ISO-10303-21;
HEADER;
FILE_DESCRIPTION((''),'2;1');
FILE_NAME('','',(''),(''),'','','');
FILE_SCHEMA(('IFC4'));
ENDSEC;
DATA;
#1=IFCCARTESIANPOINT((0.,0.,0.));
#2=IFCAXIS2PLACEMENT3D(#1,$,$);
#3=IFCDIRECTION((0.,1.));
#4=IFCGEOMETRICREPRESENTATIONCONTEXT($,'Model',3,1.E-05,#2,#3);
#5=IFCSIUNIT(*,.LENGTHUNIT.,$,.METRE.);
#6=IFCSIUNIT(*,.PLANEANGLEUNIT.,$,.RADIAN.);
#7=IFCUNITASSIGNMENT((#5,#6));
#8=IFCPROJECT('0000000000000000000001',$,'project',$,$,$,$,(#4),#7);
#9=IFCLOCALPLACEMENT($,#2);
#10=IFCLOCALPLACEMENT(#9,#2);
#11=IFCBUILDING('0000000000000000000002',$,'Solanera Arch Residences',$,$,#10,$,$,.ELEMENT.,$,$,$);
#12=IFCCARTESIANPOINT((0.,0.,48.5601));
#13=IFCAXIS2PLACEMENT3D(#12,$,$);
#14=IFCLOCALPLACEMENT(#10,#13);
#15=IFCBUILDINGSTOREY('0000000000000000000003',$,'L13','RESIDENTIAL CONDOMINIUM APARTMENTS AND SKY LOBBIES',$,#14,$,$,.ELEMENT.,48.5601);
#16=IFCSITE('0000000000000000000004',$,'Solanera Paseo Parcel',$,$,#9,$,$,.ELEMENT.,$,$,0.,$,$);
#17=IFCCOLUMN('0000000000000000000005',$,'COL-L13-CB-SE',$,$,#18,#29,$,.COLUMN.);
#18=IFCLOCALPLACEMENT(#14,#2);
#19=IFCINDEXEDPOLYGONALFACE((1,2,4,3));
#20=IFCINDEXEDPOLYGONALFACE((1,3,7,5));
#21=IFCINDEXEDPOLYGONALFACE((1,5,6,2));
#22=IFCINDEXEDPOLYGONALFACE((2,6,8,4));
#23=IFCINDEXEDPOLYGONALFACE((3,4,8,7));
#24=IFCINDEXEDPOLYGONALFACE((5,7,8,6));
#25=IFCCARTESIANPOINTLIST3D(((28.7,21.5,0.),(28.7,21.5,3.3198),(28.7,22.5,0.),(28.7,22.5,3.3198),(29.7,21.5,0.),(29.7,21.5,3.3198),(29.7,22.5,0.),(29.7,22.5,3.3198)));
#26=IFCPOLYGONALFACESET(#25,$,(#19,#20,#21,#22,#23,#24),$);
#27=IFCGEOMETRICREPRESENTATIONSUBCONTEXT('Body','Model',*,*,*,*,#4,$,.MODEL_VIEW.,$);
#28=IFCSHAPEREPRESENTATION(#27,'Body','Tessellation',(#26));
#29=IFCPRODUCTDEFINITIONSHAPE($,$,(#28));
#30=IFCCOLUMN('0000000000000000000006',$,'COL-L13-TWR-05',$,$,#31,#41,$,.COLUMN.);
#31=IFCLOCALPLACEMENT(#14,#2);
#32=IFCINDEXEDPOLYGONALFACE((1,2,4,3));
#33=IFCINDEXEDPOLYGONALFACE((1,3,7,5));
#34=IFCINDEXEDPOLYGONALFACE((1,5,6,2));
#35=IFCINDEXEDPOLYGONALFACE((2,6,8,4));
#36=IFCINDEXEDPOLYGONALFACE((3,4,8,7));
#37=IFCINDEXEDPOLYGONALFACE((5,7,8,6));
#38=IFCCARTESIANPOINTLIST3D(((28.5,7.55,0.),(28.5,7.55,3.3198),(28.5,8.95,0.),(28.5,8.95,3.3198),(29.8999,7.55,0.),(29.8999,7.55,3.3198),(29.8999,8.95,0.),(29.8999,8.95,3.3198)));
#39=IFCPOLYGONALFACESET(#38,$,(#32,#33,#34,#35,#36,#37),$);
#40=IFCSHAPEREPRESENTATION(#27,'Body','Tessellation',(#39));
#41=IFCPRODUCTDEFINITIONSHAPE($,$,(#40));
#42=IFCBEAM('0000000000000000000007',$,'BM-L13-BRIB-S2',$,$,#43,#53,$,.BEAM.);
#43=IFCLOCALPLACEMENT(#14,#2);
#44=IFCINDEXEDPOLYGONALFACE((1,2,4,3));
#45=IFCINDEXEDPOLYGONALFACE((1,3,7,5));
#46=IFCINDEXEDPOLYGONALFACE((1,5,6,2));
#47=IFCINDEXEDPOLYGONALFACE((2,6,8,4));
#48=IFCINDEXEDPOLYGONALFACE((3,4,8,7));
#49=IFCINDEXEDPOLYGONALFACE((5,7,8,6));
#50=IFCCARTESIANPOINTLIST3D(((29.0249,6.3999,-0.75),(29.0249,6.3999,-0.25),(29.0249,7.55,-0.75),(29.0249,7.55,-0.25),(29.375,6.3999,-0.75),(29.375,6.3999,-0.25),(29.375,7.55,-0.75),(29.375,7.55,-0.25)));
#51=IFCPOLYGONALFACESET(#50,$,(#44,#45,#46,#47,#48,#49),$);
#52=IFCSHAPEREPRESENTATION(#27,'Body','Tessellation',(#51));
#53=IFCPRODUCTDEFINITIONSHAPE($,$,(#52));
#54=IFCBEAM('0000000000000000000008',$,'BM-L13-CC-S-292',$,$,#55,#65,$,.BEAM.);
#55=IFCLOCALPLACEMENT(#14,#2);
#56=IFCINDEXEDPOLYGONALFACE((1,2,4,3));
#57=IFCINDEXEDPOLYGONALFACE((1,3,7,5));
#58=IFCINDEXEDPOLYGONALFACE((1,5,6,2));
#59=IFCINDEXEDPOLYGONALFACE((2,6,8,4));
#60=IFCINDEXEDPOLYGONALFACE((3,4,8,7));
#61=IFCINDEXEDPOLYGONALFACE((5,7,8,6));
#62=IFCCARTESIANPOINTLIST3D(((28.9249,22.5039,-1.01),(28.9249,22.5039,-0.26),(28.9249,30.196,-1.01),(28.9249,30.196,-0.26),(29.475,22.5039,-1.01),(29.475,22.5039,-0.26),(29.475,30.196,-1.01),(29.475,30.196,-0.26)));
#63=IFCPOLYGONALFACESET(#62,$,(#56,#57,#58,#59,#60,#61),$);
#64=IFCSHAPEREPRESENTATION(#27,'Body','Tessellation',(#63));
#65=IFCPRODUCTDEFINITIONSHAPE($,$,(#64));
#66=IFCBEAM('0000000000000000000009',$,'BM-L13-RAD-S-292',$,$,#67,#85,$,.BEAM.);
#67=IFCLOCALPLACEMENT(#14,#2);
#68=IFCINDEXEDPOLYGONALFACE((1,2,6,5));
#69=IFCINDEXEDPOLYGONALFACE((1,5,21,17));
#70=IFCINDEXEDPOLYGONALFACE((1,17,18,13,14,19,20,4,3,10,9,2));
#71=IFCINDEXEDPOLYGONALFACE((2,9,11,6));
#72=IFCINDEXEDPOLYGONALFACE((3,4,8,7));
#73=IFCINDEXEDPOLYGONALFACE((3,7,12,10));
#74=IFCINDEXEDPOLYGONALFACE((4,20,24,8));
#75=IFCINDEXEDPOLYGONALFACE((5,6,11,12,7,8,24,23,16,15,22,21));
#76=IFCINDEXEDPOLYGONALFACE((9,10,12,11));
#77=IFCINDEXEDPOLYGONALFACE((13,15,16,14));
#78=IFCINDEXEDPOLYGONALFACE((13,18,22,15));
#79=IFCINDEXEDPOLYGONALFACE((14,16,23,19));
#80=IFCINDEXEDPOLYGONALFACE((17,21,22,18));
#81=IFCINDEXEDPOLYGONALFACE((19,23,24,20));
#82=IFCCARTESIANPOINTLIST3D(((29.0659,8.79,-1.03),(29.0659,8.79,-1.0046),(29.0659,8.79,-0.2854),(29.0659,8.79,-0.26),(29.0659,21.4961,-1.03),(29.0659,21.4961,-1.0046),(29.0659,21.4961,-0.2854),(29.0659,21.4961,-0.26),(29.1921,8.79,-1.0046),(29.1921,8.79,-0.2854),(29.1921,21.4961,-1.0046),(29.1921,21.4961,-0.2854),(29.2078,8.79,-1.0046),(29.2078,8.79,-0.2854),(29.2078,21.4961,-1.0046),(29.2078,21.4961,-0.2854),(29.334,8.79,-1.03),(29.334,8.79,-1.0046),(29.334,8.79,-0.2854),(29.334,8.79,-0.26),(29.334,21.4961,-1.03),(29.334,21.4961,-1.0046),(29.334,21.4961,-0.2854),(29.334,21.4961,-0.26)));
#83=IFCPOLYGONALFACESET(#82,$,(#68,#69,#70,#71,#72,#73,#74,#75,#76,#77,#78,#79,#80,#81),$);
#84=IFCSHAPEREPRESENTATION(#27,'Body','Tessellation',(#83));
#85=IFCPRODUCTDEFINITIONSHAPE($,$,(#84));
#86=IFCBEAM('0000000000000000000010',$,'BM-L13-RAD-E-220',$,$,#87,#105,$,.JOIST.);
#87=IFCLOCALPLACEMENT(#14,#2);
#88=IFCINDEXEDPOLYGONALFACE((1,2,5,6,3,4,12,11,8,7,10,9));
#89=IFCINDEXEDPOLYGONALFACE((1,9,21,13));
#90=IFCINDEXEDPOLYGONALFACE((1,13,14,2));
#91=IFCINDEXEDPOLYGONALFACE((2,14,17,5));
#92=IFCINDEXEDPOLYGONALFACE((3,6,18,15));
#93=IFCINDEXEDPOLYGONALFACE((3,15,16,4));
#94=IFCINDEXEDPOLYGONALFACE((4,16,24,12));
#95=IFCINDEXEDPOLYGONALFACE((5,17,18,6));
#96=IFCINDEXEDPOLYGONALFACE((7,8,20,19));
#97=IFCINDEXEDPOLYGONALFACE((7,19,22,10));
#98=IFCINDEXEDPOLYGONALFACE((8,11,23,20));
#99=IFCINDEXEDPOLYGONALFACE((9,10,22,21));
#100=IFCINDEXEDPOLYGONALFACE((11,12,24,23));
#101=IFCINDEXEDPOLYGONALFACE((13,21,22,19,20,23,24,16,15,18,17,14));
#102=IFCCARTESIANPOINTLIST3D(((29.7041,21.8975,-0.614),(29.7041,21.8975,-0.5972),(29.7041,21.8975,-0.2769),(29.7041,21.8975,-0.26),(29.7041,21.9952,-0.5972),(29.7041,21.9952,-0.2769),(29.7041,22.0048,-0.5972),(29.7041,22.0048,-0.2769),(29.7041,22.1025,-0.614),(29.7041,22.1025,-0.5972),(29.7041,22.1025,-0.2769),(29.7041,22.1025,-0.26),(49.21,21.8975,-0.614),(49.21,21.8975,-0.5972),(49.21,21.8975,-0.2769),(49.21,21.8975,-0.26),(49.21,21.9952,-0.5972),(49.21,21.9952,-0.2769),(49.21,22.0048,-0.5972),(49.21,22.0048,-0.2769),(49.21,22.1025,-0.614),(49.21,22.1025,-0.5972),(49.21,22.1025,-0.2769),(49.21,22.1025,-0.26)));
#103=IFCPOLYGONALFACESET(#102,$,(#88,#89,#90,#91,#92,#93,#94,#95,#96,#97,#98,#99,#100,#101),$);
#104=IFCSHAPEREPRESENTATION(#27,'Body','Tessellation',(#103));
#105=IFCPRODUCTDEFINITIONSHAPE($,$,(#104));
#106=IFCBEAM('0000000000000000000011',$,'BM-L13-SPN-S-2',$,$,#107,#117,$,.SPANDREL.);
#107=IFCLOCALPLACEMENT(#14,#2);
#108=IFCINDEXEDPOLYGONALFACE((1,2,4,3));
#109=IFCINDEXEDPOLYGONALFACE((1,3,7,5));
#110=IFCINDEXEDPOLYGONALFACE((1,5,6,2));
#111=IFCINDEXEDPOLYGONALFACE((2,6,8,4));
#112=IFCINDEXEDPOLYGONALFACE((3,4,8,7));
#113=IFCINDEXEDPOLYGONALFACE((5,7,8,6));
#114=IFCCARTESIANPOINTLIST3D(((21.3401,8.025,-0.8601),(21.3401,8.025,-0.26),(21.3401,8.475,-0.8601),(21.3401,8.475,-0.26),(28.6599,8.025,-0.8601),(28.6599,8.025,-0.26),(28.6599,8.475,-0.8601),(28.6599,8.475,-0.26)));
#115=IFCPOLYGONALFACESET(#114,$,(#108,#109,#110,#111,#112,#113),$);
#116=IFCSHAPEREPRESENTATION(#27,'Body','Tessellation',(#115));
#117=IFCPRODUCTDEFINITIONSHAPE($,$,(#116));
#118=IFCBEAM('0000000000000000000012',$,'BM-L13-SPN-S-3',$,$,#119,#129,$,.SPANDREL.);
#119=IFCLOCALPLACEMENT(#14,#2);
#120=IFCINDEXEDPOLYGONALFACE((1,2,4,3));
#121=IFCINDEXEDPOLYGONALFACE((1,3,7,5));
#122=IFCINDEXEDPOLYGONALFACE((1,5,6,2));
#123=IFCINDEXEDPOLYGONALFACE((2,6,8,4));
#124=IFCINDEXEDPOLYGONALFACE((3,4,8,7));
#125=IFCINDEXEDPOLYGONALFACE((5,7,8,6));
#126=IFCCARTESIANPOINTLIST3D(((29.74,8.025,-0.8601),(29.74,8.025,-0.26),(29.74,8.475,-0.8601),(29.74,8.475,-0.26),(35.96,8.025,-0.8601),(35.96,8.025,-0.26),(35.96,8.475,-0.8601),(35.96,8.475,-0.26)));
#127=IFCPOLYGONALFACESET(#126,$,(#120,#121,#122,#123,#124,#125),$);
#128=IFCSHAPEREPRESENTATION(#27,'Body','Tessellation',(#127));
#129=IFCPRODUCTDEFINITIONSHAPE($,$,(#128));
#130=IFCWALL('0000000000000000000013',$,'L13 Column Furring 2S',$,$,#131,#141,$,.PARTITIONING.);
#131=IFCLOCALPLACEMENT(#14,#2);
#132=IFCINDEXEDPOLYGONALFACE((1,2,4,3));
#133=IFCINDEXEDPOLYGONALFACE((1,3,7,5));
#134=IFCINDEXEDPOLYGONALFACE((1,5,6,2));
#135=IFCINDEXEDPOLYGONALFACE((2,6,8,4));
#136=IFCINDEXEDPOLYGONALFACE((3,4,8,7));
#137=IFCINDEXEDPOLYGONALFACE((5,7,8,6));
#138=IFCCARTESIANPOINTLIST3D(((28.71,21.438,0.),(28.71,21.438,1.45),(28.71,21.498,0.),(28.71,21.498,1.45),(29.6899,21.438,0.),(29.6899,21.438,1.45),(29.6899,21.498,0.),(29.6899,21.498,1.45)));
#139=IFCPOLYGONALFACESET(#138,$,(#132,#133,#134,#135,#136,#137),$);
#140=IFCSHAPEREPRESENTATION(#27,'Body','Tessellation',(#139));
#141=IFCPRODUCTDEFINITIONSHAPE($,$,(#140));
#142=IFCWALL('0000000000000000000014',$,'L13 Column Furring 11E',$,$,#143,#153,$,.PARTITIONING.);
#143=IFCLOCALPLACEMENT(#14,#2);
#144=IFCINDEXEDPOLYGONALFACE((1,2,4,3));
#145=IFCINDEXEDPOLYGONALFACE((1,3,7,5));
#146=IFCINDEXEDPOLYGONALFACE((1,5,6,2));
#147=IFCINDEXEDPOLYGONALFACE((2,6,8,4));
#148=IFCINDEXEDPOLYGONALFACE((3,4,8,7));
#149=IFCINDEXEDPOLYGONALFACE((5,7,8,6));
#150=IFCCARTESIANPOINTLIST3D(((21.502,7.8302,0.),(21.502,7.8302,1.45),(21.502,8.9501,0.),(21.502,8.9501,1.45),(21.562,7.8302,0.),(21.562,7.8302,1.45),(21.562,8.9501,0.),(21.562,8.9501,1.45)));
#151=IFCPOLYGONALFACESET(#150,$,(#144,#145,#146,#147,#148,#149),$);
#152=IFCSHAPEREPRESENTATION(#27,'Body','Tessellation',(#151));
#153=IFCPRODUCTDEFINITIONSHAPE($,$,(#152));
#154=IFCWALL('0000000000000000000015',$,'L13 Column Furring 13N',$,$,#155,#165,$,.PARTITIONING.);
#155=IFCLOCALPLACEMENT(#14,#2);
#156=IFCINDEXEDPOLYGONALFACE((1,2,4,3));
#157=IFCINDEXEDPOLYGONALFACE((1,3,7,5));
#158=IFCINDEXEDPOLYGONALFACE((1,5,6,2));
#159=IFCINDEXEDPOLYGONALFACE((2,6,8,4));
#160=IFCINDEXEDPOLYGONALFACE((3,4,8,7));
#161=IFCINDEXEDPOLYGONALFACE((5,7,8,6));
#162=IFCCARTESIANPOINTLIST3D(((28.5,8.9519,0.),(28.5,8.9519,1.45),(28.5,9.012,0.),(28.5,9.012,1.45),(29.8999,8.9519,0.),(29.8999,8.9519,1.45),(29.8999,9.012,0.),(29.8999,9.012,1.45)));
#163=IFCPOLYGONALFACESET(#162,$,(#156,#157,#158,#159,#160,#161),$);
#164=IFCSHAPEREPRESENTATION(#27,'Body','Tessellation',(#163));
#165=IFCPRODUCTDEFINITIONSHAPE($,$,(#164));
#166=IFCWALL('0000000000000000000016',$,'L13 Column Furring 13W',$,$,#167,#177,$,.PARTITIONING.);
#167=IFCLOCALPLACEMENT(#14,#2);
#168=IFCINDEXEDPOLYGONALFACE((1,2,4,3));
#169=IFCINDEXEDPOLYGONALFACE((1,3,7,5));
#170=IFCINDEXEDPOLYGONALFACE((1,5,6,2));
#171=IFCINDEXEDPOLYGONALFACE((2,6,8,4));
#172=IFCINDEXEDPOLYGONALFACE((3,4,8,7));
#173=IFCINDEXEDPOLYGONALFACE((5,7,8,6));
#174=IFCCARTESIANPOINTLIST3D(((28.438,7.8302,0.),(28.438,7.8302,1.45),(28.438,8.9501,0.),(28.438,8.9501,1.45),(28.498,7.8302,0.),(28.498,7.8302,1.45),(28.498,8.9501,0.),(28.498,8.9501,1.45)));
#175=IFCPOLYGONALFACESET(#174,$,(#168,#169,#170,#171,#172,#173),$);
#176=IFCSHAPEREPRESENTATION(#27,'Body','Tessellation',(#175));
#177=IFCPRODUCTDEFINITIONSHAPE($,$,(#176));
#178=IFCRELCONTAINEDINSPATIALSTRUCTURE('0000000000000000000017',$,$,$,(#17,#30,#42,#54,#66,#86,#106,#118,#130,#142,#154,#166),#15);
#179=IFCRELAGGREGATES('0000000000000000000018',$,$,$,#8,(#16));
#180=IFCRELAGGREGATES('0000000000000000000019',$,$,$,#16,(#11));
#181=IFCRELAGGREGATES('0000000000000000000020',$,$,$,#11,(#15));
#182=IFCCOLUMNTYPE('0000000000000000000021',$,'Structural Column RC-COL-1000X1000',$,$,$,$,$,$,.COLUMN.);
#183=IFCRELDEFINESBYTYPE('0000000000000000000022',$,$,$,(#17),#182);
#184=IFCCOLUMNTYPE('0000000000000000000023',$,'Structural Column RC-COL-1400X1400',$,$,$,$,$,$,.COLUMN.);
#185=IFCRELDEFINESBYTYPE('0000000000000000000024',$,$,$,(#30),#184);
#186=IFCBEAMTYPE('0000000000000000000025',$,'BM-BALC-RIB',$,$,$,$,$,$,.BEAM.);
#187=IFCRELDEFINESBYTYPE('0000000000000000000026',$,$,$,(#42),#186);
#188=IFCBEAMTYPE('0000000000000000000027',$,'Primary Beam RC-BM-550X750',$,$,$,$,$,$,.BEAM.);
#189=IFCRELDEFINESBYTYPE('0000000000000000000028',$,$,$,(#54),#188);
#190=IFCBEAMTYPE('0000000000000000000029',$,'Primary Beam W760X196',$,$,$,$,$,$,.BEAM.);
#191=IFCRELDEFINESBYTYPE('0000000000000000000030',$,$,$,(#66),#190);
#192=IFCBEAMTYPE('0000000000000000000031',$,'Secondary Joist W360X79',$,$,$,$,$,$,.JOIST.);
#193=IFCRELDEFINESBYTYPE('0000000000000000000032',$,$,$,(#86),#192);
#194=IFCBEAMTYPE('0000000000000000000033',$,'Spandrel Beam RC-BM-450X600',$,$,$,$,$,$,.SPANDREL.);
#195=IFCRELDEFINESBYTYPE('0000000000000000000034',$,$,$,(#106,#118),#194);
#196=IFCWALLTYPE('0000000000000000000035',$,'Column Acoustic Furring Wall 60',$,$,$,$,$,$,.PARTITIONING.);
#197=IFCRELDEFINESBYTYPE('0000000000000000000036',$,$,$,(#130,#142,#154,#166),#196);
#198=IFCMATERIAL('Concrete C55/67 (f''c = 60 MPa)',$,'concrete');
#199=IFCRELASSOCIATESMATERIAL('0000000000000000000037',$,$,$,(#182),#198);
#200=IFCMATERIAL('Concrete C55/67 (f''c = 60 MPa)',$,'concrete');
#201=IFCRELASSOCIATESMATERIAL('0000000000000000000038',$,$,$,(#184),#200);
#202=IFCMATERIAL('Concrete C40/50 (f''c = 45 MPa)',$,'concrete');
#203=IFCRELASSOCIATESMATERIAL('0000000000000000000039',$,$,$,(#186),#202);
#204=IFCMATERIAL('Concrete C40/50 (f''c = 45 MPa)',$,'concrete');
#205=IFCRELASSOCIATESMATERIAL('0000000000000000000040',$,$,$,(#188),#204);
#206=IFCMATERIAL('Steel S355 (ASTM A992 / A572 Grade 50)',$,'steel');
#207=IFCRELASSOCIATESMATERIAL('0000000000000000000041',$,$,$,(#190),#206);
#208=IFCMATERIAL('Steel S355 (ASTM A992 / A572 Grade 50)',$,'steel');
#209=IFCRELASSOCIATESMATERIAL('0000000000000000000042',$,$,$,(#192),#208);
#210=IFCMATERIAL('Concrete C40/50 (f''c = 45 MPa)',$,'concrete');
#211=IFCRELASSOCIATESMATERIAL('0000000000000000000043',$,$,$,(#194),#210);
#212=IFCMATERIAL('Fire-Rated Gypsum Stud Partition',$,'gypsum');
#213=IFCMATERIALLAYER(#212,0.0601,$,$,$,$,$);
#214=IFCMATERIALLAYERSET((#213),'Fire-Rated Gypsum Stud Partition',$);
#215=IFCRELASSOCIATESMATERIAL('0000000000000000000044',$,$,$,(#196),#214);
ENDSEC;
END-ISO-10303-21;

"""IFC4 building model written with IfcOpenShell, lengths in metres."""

from ifc_helpers import new_model, si_unit, direction, frame, frame_2d, origin, origin_2d, place, context, subcontext, project, spatial, rectangle, i_section, extrude, material, layer, layer_set, material_profile, profile_set, type_object, element, save


model = new_model("IFC4")

# Units and contexts
model_context = context("Model", 3, precision=1e-05, world=origin(), true_north=direction((0.0, 1.0)))
body_context = subcontext(model_context, "Body", "Model", "MODEL_VIEW")
ifc_project = project(units=[si_unit("LENGTHUNIT", "METRE"), si_unit("PLANEANGLEUNIT", "RADIAN")], contexts=[model_context])

# Site, building, storey
site_placement = place(None, origin())
site = spatial("IfcSite", under=ifc_project, at=site_placement, Name="Solanera Paseo Parcel", CompositionType="ELEMENT", RefElevation=0.0)
building_placement = place(site_placement, origin())
building = spatial("IfcBuilding", under=site, at=building_placement, Name="Solanera Arch Residences", CompositionType="ELEMENT")
storey_placement = place(building_placement, frame((0.0, 0.0, 48.5601)))
storey = spatial("IfcBuildingStorey", under=building, at=storey_placement, Name="L13", Description="RESIDENTIAL CONDOMINIUM APARTMENTS AND SKY LOBBIES", CompositionType="ELEMENT", Elevation=48.5601)

# Columns
ifc_material_1 = material(Name="Concrete C55/67 (f'c = 60 MPa)", Category="concrete")
ifc_material_profile_1 = material_profile(ifc_material_1, rectangle(XDim=1.0, YDim=1.0, at=origin_2d()))
ifc_profile_set_1 = profile_set([ifc_material_profile_1], Name="Concrete C55/67 (f'c = 60 MPa)")
column_type_1 = type_object("IfcColumnType", Name="Structural Column RC-COL-1000X1000", PredefinedType="COLUMN", material=ifc_profile_set_1)
column_1_placement = place(storey_placement, frame((29.2, 22.0, 0.0), z_axis=(0.0, 0.0, 1.0), x_axis=(1.0, 0.0, 0.0)))
element("IfcColumn", 1, at=column_1_placement, inside=storey, type_object=column_type_1, Name="COL-L13-CB-SE", PredefinedType="COLUMN", context=body_context, shape_type="SweptSolid", body=[
    extrude(rectangle(XDim=1.0, YDim=1.0, at=origin_2d()), origin(), (0.0, 0.0, 1.0), 3.3198),
])
ifc_material_2 = material(Name="Concrete C55/67 (f'c = 60 MPa)", Category="concrete")
ifc_material_profile_2 = material_profile(ifc_material_2, rectangle(XDim=1.3999, YDim=1.3999, at=origin_2d()))
ifc_profile_set_2 = profile_set([ifc_material_profile_2], Name="Concrete C55/67 (f'c = 60 MPa)")
column_type_2 = type_object("IfcColumnType", Name="Structural Column RC-COL-1400X1400", PredefinedType="COLUMN", material=ifc_profile_set_2)
column_2_placement = place(storey_placement, frame((29.2, 8.25, 0.0), z_axis=(0.0, 0.0, 1.0), x_axis=(1.0, 0.0, 0.0)))
element("IfcColumn", 2, at=column_2_placement, inside=storey, type_object=column_type_2, Name="COL-L13-TWR-05", PredefinedType="COLUMN", context=body_context, shape_type="SweptSolid", body=[
    extrude(rectangle(XDim=1.3999, YDim=1.3999, at=origin_2d()), origin(), (0.0, 0.0, 1.0), 3.3198),
])

# Beams
ifc_material_3 = material(Name="Concrete C40/50 (f'c = 45 MPa)", Category="concrete")
ifc_material_profile_3 = material_profile(ifc_material_3, rectangle(XDim=0.3501, YDim=0.5, at=origin_2d()))
ifc_profile_set_3 = profile_set([ifc_material_profile_3], Name="Concrete C40/50 (f'c = 45 MPa)")
beam_type_1 = type_object("IfcBeamType", Name="BM-BALC-RIB", PredefinedType="BEAM", material=ifc_profile_set_3)
beam_1_placement = place(storey_placement, frame((29.2, 6.3999, -0.5), z_axis=(0.0, 1.0, 0.0), x_axis=(-1.0, 0.0, 0.0)))
element("IfcBeam", 3, at=beam_1_placement, inside=storey, type_object=beam_type_1, Name="BM-L13-BRIB-S2", PredefinedType="BEAM", context=body_context, shape_type="SweptSolid", body=[
    extrude(rectangle(XDim=0.3501, YDim=0.5, at=origin_2d()), origin(), (0.0, 0.0, 1.0), 1.1501),
])
ifc_material_4 = material(Name="Concrete C40/50 (f'c = 45 MPa)", Category="concrete")
ifc_material_profile_4 = material_profile(ifc_material_4, rectangle(XDim=0.55, YDim=0.75, at=origin_2d()))
ifc_profile_set_4 = profile_set([ifc_material_profile_4], Name="Concrete C40/50 (f'c = 45 MPa)")
beam_type_2 = type_object("IfcBeamType", Name="Primary Beam RC-BM-550X750", PredefinedType="BEAM", material=ifc_profile_set_4)
beam_2_placement = place(storey_placement, frame((29.2, 22.5039, -0.635), z_axis=(0.0, 1.0, 0.0), x_axis=(-1.0, 0.0, 0.0)))
element("IfcBeam", 4, at=beam_2_placement, inside=storey, type_object=beam_type_2, Name="BM-L13-CC-S-292", PredefinedType="BEAM", context=body_context, shape_type="SweptSolid", body=[
    extrude(rectangle(XDim=0.55, YDim=0.75, at=origin_2d()), origin(), (0.0, 0.0, 1.0), 7.6921),
])
ifc_material_5 = material(Name="Steel S355 (ASTM A992 / A572 Grade 50)", Category="steel")
ifc_material_profile_5 = material_profile(ifc_material_5, i_section(OverallWidth=0.2681, OverallDepth=0.77, WebThickness=0.0156, FlangeThickness=0.0254, at=origin_2d()))
ifc_profile_set_5 = profile_set([ifc_material_profile_5], Name="Steel S355 (ASTM A992 / A572 Grade 50)")
beam_type_3 = type_object("IfcBeamType", Name="Primary Beam W760X196", PredefinedType="BEAM", material=ifc_profile_set_5)
beam_3_placement = place(storey_placement, frame((29.2, 8.79, -0.645), z_axis=(0.0, 1.0, 0.0), x_axis=(-1.0, 0.0, 0.0)))
element("IfcBeam", 5, at=beam_3_placement, inside=storey, type_object=beam_type_3, Name="BM-L13-RAD-S-292", PredefinedType="BEAM", context=body_context, shape_type="SweptSolid", body=[
    extrude(i_section(OverallWidth=0.2681, OverallDepth=0.77, WebThickness=0.0156, FlangeThickness=0.0254, at=origin_2d()), origin(), (0.0, 0.0, 1.0), 12.7061),
])
ifc_material_6 = material(Name="Steel S355 (ASTM A992 / A572 Grade 50)", Category="steel")
ifc_material_profile_6 = material_profile(ifc_material_6, i_section(OverallWidth=0.2051, OverallDepth=0.354, WebThickness=0.0095, FlangeThickness=0.0168, at=origin_2d()))
ifc_profile_set_6 = profile_set([ifc_material_profile_6], Name="Steel S355 (ASTM A992 / A572 Grade 50)")
beam_type_4 = type_object("IfcBeamType", Name="Secondary Joist W360X79", PredefinedType="JOIST", material=ifc_profile_set_6)
beam_4_placement = place(storey_placement, frame((29.7041, 22.0, -0.437), z_axis=(1.0, 0.0, 0.0), x_axis=(0.0, 1.0, 0.0)))
element("IfcBeam", 6, at=beam_4_placement, inside=storey, type_object=beam_type_4, Name="BM-L13-RAD-E-220", PredefinedType="JOIST", context=body_context, shape_type="SweptSolid", body=[
    extrude(i_section(OverallWidth=0.2051, OverallDepth=0.354, WebThickness=0.0095, FlangeThickness=0.0168, at=origin_2d()), origin(), (0.0, 0.0, 1.0), 19.5059),
])
ifc_material_7 = material(Name="Concrete C40/50 (f'c = 45 MPa)", Category="concrete")
ifc_material_profile_7 = material_profile(ifc_material_7, rectangle(XDim=0.45, YDim=0.6001, at=origin_2d()))
ifc_profile_set_7 = profile_set([ifc_material_profile_7], Name="Concrete C40/50 (f'c = 45 MPa)")
beam_type_5 = type_object("IfcBeamType", Name="Spandrel Beam RC-BM-450X600", PredefinedType="SPANDREL", material=ifc_profile_set_7)
beam_5_placement = place(storey_placement, frame((21.3401, 8.25, -0.5601), z_axis=(1.0, 0.0, 0.0), x_axis=(0.0, 1.0, 0.0)))
element("IfcBeam", 7, at=beam_5_placement, inside=storey, type_object=beam_type_5, Name="BM-L13-SPN-S-2", PredefinedType="SPANDREL", context=body_context, shape_type="SweptSolid", body=[
    extrude(rectangle(XDim=0.45, YDim=0.6001, at=origin_2d()), origin(), (0.0, 0.0, 1.0), 7.3198),
])
beam_6_placement = place(storey_placement, frame((29.74, 8.25, -0.5601), z_axis=(1.0, 0.0, 0.0), x_axis=(0.0, 1.0, 0.0)))
element("IfcBeam", 8, at=beam_6_placement, inside=storey, type_object=beam_type_5, Name="BM-L13-SPN-S-3", PredefinedType="SPANDREL", context=body_context, shape_type="SweptSolid", body=[
    extrude(rectangle(XDim=0.45, YDim=0.6001, at=origin_2d()), origin(), (0.0, 0.0, 1.0), 6.22),
])

# Walls
ifc_material_8 = material(Name="Fire-Rated Gypsum Stud Partition", Category="gypsum")
ifc_layer_1 = layer(ifc_material_8, 0.0601)
ifc_layer_set_1 = layer_set([ifc_layer_1], Name="Fire-Rated Gypsum Stud Partition")
wall_type_1 = type_object("IfcWallType", Name="Column Acoustic Furring Wall 60", PredefinedType="PARTITIONING", material=ifc_layer_set_1)
wall_1_placement = place(storey_placement, frame((28.71, 21.468, 0.0), z_axis=(0.0, 0.0, 1.0), x_axis=(1.0, 0.0, 0.0)))
element("IfcWall", 9, at=wall_1_placement, inside=storey, type_object=wall_type_1, Name="L13 Column Furring 2S", PredefinedType="PARTITIONING", context=body_context, shape_type="SweptSolid", body=[
    extrude(rectangle(XDim=0.98, YDim=0.0601, at=frame_2d((0.49, 0.0))), origin(), (0.0, 0.0, 1.0), 1.45),
])
wall_2_placement = place(storey_placement, frame((21.532, 7.8301, 0.0), z_axis=(0.0, 0.0, 1.0), x_axis=(0.0, 1.0, 0.0)))
element("IfcWall", 10, at=wall_2_placement, inside=storey, type_object=wall_type_1, Name="L13 Column Furring 11E", PredefinedType="PARTITIONING", context=body_context, shape_type="SweptSolid", body=[
    extrude(rectangle(XDim=1.1199, YDim=0.0601, at=frame_2d((0.5601, 0.0))), origin(), (0.0, 0.0, 1.0), 1.45),
])
wall_3_placement = place(storey_placement, frame((28.5, 8.9819, 0.0), z_axis=(0.0, 0.0, 1.0), x_axis=(1.0, 0.0, 0.0)))
element("IfcWall", 11, at=wall_3_placement, inside=storey, type_object=wall_type_1, Name="L13 Column Furring 13N", PredefinedType="PARTITIONING", context=body_context, shape_type="SweptSolid", body=[
    extrude(rectangle(XDim=1.3999, YDim=0.0601, at=frame_2d((0.7, 0.0))), origin(), (0.0, 0.0, 1.0), 1.45),
])
for number, where, z_axis, x_axis, name in (
    (12, (28.468, 7.8301, 0.0), (0.0, 0.0, 1.0), (0.0, 1.0, 0.0), "L13 Column Furring 13W"),
):
    element("IfcWall", number, at=place(storey_placement, frame(where, z_axis=z_axis, x_axis=x_axis)), inside=storey, type_object=wall_type_1, Name=name, PredefinedType="PARTITIONING", context=body_context, shape_type="SweptSolid", body=[
        extrude(rectangle(XDim=1.1199, YDim=0.0601, at=frame_2d((0.5601, 0.0))), origin(), (0.0, 0.0, 1.0), 1.45),
    ])

save(model, "model.ifc")
